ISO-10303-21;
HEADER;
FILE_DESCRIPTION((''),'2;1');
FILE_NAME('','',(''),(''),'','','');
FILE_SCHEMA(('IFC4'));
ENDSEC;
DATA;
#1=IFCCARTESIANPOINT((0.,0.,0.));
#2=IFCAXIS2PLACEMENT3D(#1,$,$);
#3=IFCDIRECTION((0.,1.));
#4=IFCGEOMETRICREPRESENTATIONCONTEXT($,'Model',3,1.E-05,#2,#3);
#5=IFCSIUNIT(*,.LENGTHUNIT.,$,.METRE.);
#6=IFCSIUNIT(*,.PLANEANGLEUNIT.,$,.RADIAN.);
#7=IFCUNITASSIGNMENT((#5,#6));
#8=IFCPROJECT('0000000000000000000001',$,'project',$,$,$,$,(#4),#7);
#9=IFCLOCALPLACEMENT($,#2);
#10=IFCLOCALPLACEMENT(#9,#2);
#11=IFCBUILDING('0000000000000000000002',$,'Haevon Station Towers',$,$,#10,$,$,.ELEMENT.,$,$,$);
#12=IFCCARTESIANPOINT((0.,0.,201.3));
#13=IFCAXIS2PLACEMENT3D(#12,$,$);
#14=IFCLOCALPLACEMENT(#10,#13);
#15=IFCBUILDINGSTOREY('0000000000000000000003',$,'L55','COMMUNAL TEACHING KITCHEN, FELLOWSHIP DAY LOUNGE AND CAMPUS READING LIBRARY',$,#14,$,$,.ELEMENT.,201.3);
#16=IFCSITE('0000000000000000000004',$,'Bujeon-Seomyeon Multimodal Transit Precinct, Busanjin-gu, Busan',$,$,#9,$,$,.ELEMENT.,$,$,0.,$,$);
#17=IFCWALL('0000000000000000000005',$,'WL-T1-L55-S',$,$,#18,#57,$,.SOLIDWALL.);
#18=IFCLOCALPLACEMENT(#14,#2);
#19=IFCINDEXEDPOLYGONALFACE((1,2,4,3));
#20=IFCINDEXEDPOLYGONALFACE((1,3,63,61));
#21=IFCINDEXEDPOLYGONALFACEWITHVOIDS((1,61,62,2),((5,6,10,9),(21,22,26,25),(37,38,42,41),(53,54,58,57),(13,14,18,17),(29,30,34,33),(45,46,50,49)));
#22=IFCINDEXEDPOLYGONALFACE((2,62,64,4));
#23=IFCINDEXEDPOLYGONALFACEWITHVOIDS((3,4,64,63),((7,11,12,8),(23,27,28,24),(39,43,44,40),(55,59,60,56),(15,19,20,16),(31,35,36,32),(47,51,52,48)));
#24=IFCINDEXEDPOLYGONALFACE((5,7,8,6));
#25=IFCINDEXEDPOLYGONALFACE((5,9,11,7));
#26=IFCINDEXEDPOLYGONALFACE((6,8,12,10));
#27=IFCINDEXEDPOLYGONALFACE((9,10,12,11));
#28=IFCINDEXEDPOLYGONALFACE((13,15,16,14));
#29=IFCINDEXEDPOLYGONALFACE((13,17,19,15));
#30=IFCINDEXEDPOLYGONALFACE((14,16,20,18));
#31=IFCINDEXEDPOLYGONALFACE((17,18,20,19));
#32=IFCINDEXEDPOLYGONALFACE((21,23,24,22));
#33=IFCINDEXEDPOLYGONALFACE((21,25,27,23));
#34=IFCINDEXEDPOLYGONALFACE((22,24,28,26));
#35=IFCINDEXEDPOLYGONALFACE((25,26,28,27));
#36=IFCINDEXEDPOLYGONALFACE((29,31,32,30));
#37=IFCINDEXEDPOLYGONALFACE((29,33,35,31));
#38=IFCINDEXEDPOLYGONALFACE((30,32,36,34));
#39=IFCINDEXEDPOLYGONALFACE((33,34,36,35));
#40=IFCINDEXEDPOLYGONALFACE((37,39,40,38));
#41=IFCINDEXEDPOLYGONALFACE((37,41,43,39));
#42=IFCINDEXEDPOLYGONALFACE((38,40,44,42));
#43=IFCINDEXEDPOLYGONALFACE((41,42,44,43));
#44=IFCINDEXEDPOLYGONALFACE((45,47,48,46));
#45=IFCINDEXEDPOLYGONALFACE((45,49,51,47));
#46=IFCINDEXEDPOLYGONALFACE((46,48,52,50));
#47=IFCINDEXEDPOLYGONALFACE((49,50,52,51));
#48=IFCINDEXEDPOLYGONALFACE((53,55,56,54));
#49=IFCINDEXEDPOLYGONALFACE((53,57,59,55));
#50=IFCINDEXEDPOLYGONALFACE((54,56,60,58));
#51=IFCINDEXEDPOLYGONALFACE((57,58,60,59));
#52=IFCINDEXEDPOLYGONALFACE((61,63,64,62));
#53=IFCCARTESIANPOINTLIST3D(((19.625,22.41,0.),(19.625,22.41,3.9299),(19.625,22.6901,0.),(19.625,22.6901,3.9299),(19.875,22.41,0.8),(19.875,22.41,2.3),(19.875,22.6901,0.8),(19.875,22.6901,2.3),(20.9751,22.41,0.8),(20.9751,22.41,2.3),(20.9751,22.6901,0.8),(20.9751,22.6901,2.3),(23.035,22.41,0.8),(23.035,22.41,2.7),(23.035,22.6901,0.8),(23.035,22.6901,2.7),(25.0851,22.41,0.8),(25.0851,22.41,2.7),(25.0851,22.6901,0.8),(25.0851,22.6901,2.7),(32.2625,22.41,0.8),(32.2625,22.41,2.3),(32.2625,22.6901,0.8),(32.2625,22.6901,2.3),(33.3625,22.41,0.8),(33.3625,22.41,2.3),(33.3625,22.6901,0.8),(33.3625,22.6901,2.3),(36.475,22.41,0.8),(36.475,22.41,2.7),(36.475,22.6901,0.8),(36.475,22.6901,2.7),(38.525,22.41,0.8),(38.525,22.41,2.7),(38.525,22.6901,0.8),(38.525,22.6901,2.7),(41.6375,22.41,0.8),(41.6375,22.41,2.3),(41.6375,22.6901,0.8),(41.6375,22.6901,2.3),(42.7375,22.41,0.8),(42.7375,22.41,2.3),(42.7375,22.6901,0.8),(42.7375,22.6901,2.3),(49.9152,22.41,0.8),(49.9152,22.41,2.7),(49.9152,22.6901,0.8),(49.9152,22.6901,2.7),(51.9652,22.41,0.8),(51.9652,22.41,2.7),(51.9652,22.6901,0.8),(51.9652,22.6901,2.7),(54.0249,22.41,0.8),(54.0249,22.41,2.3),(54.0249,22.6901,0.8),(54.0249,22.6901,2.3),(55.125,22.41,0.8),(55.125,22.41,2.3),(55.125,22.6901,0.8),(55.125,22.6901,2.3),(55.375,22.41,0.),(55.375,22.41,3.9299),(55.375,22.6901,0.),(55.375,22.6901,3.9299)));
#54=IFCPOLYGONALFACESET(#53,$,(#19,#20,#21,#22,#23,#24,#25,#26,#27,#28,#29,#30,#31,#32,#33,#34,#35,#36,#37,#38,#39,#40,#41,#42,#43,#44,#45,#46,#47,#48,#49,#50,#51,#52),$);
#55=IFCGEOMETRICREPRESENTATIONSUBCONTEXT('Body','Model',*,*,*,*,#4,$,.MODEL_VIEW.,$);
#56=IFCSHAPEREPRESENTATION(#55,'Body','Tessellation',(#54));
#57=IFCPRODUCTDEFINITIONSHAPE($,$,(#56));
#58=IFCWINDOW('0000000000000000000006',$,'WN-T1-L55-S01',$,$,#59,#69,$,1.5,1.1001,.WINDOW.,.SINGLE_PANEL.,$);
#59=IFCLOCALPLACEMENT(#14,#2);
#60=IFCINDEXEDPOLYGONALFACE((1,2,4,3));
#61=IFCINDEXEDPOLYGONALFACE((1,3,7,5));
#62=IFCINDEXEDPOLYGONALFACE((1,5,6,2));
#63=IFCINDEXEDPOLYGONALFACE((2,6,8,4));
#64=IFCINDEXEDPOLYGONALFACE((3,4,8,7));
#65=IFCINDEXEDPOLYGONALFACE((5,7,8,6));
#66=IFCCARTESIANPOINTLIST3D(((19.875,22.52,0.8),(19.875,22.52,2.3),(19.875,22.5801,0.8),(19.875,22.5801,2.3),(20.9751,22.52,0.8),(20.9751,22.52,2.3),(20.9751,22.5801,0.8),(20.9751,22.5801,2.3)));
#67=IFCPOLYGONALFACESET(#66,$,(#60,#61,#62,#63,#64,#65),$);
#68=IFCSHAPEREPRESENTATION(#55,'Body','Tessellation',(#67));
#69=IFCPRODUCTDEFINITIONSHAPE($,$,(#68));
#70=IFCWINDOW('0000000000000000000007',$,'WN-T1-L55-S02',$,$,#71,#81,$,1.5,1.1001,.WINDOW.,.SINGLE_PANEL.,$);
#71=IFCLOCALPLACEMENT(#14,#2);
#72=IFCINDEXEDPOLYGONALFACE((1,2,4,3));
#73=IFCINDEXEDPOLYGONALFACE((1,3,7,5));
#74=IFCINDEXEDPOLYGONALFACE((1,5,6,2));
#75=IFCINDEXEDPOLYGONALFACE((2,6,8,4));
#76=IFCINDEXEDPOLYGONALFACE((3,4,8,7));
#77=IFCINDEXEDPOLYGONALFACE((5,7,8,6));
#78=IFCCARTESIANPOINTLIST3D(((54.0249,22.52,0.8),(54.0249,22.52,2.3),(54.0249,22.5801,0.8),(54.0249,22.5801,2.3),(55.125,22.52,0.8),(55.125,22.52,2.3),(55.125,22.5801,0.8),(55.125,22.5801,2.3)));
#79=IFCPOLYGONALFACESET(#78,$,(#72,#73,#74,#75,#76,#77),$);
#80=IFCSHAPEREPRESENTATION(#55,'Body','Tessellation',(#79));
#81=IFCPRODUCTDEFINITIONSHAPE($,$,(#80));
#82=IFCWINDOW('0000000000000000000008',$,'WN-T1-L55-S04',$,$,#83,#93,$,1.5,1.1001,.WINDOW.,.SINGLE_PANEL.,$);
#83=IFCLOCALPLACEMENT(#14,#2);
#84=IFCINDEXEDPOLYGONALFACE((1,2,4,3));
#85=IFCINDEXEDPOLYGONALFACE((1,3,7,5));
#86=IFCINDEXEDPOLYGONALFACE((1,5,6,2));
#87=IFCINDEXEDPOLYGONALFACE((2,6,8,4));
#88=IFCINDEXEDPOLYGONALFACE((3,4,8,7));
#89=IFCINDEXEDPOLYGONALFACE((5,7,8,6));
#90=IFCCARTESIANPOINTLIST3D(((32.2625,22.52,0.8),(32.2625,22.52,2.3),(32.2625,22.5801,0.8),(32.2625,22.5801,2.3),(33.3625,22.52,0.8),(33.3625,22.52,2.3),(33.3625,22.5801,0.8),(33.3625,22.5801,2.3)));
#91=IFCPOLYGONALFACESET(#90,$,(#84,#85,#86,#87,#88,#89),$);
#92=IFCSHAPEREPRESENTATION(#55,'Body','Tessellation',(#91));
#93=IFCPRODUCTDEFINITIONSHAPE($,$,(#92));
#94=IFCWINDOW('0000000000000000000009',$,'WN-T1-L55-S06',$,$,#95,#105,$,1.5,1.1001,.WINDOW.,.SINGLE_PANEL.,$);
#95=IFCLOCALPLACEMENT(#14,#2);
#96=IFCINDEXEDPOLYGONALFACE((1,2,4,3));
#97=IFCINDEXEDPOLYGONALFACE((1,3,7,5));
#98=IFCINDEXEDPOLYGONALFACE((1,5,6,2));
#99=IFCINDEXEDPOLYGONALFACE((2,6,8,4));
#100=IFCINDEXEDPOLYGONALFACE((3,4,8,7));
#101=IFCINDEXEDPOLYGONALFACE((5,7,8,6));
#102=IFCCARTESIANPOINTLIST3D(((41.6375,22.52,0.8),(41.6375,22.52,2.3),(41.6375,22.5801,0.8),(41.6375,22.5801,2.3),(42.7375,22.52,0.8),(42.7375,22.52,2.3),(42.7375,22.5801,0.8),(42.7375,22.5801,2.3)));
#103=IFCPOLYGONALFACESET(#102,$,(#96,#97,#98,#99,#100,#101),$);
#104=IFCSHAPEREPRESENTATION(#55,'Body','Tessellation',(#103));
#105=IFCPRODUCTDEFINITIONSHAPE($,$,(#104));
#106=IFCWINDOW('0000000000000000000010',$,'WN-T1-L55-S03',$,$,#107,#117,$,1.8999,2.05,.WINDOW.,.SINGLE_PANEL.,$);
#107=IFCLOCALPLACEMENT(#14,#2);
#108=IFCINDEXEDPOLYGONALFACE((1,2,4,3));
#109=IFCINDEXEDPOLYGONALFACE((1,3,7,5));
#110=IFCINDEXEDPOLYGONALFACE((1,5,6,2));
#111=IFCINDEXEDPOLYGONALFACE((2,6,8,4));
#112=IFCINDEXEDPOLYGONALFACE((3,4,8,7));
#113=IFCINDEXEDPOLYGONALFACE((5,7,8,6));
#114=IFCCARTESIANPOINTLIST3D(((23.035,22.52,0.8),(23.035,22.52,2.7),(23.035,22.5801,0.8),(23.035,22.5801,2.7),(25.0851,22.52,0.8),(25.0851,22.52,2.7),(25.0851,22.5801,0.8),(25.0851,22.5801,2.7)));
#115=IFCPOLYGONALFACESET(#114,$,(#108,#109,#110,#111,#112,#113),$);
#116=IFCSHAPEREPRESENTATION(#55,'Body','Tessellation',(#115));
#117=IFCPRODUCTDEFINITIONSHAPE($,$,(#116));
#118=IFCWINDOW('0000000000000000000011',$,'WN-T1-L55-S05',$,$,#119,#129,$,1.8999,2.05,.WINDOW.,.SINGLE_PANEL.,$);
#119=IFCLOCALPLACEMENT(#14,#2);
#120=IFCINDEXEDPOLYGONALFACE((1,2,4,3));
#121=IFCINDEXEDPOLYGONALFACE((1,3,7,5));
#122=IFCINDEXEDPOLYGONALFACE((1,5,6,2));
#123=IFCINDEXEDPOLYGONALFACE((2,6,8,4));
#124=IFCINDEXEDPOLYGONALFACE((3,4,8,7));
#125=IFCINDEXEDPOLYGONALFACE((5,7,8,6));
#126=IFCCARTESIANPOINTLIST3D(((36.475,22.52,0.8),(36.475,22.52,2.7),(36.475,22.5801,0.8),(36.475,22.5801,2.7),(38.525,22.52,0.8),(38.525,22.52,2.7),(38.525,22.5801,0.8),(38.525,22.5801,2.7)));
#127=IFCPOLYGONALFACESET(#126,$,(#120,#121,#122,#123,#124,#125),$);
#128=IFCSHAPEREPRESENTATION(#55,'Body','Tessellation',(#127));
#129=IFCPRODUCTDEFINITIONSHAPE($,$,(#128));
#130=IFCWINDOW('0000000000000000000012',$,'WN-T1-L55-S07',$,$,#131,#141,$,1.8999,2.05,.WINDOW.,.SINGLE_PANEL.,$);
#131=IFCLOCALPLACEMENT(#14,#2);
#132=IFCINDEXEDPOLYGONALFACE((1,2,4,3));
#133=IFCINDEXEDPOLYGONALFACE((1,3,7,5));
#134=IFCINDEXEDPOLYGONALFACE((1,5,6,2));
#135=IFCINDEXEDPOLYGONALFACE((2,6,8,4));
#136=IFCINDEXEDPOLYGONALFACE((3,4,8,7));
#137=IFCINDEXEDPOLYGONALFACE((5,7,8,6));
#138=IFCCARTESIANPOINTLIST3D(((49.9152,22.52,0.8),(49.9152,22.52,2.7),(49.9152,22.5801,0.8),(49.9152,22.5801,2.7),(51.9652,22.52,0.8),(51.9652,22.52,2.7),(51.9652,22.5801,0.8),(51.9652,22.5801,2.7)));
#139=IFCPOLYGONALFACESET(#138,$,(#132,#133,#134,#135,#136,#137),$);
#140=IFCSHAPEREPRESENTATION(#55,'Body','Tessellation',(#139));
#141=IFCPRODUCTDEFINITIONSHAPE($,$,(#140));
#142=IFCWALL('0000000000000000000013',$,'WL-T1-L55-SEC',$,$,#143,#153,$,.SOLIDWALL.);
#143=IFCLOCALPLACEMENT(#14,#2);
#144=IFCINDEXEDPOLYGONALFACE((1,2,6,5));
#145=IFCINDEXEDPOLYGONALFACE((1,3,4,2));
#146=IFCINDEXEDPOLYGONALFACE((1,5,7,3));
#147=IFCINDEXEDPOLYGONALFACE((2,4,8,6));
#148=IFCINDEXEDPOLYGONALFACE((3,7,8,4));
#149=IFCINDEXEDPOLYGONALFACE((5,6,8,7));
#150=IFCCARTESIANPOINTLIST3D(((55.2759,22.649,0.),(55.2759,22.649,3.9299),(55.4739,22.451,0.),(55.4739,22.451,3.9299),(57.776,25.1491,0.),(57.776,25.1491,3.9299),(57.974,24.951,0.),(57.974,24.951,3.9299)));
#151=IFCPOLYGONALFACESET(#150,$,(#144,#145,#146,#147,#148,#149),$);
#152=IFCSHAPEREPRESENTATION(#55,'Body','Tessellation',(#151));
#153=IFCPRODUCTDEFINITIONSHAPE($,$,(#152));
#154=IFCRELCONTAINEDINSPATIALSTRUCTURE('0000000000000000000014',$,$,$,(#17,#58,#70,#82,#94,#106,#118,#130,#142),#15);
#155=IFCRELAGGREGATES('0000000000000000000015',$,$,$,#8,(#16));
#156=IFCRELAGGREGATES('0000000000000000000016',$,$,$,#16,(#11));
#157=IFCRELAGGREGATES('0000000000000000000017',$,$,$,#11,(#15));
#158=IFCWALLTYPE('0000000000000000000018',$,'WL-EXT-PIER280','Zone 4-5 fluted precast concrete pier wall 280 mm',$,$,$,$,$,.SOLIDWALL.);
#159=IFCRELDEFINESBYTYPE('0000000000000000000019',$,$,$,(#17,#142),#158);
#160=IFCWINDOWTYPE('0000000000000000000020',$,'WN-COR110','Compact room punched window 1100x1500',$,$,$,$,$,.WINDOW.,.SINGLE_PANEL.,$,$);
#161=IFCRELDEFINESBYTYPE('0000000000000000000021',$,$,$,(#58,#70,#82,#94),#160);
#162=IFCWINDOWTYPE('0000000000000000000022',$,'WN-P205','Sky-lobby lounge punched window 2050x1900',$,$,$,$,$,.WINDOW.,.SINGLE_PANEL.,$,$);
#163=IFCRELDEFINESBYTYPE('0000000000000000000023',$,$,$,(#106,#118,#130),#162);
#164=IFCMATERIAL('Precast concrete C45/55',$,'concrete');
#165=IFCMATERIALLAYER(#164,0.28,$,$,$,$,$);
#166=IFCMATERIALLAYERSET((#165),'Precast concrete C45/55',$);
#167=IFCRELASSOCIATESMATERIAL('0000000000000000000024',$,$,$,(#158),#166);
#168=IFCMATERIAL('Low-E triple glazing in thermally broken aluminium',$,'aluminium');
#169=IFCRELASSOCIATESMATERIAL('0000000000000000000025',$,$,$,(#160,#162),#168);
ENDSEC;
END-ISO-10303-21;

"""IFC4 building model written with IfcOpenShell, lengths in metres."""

from ifc_helpers import new_model, si_unit, direction, frame, frame_2d, origin, place, context, subcontext, project, spatial, rectangle, extrude, material, layer, layer_set, type_object, element, fill, save


model = new_model("IFC4")

# Units and contexts
model_context = context("Model", 3, precision=1e-05, world=origin(), true_north=direction((0.0, 1.0)))
body_context = subcontext(model_context, "Body", "Model", "MODEL_VIEW")
ifc_project = project(units=[si_unit("LENGTHUNIT", "METRE"), si_unit("PLANEANGLEUNIT", "RADIAN")], contexts=[model_context])

# Site, building, storey
site_placement = place(None, origin())
site = spatial("IfcSite", under=ifc_project, at=site_placement, Name="Bujeon-Seomyeon Multimodal Transit Precinct, Busanjin-gu, Busan", CompositionType="ELEMENT", RefElevation=0.0)
building_placement = place(site_placement, origin())
building = spatial("IfcBuilding", under=site, at=building_placement, Name="Haevon Station Towers", CompositionType="ELEMENT")
storey_placement = place(building_placement, frame((0.0, 0.0, 201.3)))
storey = spatial("IfcBuildingStorey", under=building, at=storey_placement, Name="L55", Description="COMMUNAL TEACHING KITCHEN, FELLOWSHIP DAY LOUNGE AND CAMPUS READING LIBRARY", CompositionType="ELEMENT", Elevation=201.3)

# Wall, openings, windows
ifc_material_1 = material(Name="Precast concrete C45/55", Category="concrete")
ifc_layer_1 = layer(ifc_material_1, 0.28)
ifc_layer_set_1 = layer_set([ifc_layer_1], Name="Precast concrete C45/55")
wall_type_1 = type_object("IfcWallType", Name="WL-EXT-PIER280", Description="Zone 4-5 fluted precast concrete pier wall 280 mm", PredefinedType="SOLIDWALL", material=ifc_layer_set_1)
wall_1_placement = place(storey_placement, frame((55.375, 22.55, 0.0), z_axis=(0.0, 0.0, 1.0), x_axis=(-1.0, 0.0, 0.0)))
wall_1 = element("IfcWall", 1, at=wall_1_placement, inside=storey, type_object=wall_type_1, Name="WL-T1-L55-S", PredefinedType="SOLIDWALL", context=body_context, shape_type="SweptSolid", body=[
    extrude(rectangle(XDim=35.75, YDim=0.28, at=frame_2d((17.875, 0.0))), origin(), (0.0, 0.0, 1.0), 3.9299),
])
opening_1_placement = place(wall_1_placement, frame((34.3999, 0.0, 0.8)))
opening_1 = element("IfcOpeningElement", 2, at=opening_1_placement, cuts=wall_1, PredefinedType="OPENING", context=body_context, shape_type="SweptSolid", body=[
    extrude(rectangle(XDim=1.1001, YDim=1.5, at=frame_2d((0.55, 0.75))), frame((0.0, 0.1499, 0.0), z_axis=(0.0, -1.0, 0.0), x_axis=(1.0, 0.0, 0.0)), (0.0, 0.0, 1.0), 0.3),
])
opening_2_placement = place(wall_1_placement, frame((0.25, 0.0, 0.8)))
opening_2 = element("IfcOpeningElement", 3, at=opening_2_placement, cuts=wall_1, PredefinedType="OPENING", context=body_context, shape_type="SweptSolid", body=[
    extrude(rectangle(XDim=1.1001, YDim=1.5, at=frame_2d((0.55, 0.75))), frame((0.0, 0.1499, 0.0), z_axis=(0.0, -1.0, 0.0), x_axis=(1.0, 0.0, 0.0)), (0.0, 0.0, 1.0), 0.3),
])
opening_3_placement = place(wall_1_placement, frame((30.29, 0.0, 0.8)))
opening_3 = element("IfcOpeningElement", 4, at=opening_3_placement, cuts=wall_1, PredefinedType="OPENING", context=body_context, shape_type="SweptSolid", body=[
    extrude(rectangle(XDim=2.05, YDim=1.8999, at=frame_2d((1.0249, 0.95))), frame((0.0, 0.1499, 0.0), z_axis=(0.0, -1.0, 0.0), x_axis=(1.0, 0.0, 0.0)), (0.0, 0.0, 1.0), 0.3),
])
opening_4_placement = place(wall_1_placement, frame((22.0125, 0.0, 0.8)))
opening_4 = element("IfcOpeningElement", 5, at=opening_4_placement, cuts=wall_1, PredefinedType="OPENING", context=body_context, shape_type="SweptSolid", body=[
    extrude(rectangle(XDim=1.1001, YDim=1.5, at=frame_2d((0.55, 0.75))), frame((0.0, 0.1499, 0.0), z_axis=(0.0, -1.0, 0.0), x_axis=(1.0, 0.0, 0.0)), (0.0, 0.0, 1.0), 0.3),
])
opening_5_placement = place(wall_1_placement, frame((16.8501, 0.0, 0.8)))
opening_5 = element("IfcOpeningElement", 6, at=opening_5_placement, cuts=wall_1, PredefinedType="OPENING", context=body_context, shape_type="SweptSolid", body=[
    extrude(rectangle(XDim=2.05, YDim=1.8999, at=frame_2d((1.0249, 0.95))), frame((0.0, 0.1499, 0.0), z_axis=(0.0, -1.0, 0.0), x_axis=(1.0, 0.0, 0.0)), (0.0, 0.0, 1.0), 0.3),
])
opening_6_placement = place(wall_1_placement, frame((12.6375, 0.0, 0.8)))
opening_6 = element("IfcOpeningElement", 7, at=opening_6_placement, cuts=wall_1, PredefinedType="OPENING", context=body_context, shape_type="SweptSolid", body=[
    extrude(rectangle(XDim=1.1001, YDim=1.5, at=frame_2d((0.55, 0.75))), frame((0.0, 0.1499, 0.0), z_axis=(0.0, -1.0, 0.0), x_axis=(1.0, 0.0, 0.0)), (0.0, 0.0, 1.0), 0.3),
])
opening_7_placement = place(wall_1_placement, frame((3.4099, 0.0, 0.8)))
opening_7 = element("IfcOpeningElement", 8, at=opening_7_placement, cuts=wall_1, PredefinedType="OPENING", context=body_context, shape_type="SweptSolid", body=[
    extrude(rectangle(XDim=2.05, YDim=1.8999, at=frame_2d((1.0249, 0.95))), frame((0.0, 0.1499, 0.0), z_axis=(0.0, -1.0, 0.0), x_axis=(1.0, 0.0, 0.0)), (0.0, 0.0, 1.0), 0.3),
])
ifc_material_2 = material(Name="Low-E triple glazing in thermally broken aluminium", Category="aluminium")
window_type_1 = type_object("IfcWindowType", Name="WN-COR110", Description="Compact room punched window 1100x1500", PartitioningType="SINGLE_PANEL", PredefinedType="WINDOW", material=ifc_material_2)
window_1_placement = place(opening_1_placement, origin())
window_1 = element("IfcWindow", 9, at=window_1_placement, inside=storey, type_object=window_type_1, Name="WN-T1-L55-S01", OverallHeight=1.5, OverallWidth=1.1001, PartitioningType="SINGLE_PANEL", PredefinedType="WINDOW", context=body_context, shape_type="SweptSolid", body=[
    extrude(rectangle(XDim=1.1001, YDim=1.5, at=frame_2d((0.55, 0.75))), frame((0.0, 0.03, 0.0), z_axis=(0.0, -1.0, 0.0), x_axis=(1.0, 0.0, 0.0)), (0.0, 0.0, 1.0), 0.0601),
])
fill(opening_1, window_1)
window_2_placement = place(opening_2_placement, origin())
window_2 = element("IfcWindow", 10, at=window_2_placement, inside=storey, type_object=window_type_1, Name="WN-T1-L55-S02", OverallHeight=1.5, OverallWidth=1.1001, PartitioningType="SINGLE_PANEL", PredefinedType="WINDOW", context=body_context, shape_type="SweptSolid", body=[
    extrude(rectangle(XDim=1.1001, YDim=1.5, at=frame_2d((0.55, 0.75))), frame((0.0, 0.03, 0.0), z_axis=(0.0, -1.0, 0.0), x_axis=(1.0, 0.0, 0.0)), (0.0, 0.0, 1.0), 0.0601),
])
fill(opening_2, window_2)
window_3_placement = place(opening_4_placement, origin())
window_3 = element("IfcWindow", 11, at=window_3_placement, inside=storey, type_object=window_type_1, Name="WN-T1-L55-S04", OverallHeight=1.5, OverallWidth=1.1001, PartitioningType="SINGLE_PANEL", PredefinedType="WINDOW", context=body_context, shape_type="SweptSolid", body=[
    extrude(rectangle(XDim=1.1001, YDim=1.5, at=frame_2d((0.55, 0.75))), frame((0.0, 0.03, 0.0), z_axis=(0.0, -1.0, 0.0), x_axis=(1.0, 0.0, 0.0)), (0.0, 0.0, 1.0), 0.0601),
])
fill(opening_4, window_3)
window_4_placement = place(opening_6_placement, origin())
window_4 = element("IfcWindow", 12, at=window_4_placement, inside=storey, type_object=window_type_1, Name="WN-T1-L55-S06", OverallHeight=1.5, OverallWidth=1.1001, PartitioningType="SINGLE_PANEL", PredefinedType="WINDOW", context=body_context, shape_type="SweptSolid", body=[
    extrude(rectangle(XDim=1.1001, YDim=1.5, at=frame_2d((0.55, 0.75))), frame((0.0, 0.03, 0.0), z_axis=(0.0, -1.0, 0.0), x_axis=(1.0, 0.0, 0.0)), (0.0, 0.0, 1.0), 0.0601),
])
fill(opening_6, window_4)
window_type_2 = type_object("IfcWindowType", Name="WN-P205", Description="Sky-lobby lounge punched window 2050x1900", PartitioningType="SINGLE_PANEL", PredefinedType="WINDOW", material=ifc_material_2)
window_5_placement = place(opening_3_placement, origin())
window_5 = element("IfcWindow", 13, at=window_5_placement, inside=storey, type_object=window_type_2, Name="WN-T1-L55-S03", OverallHeight=1.8999, OverallWidth=2.05, PartitioningType="SINGLE_PANEL", PredefinedType="WINDOW", context=body_context, shape_type="SweptSolid", body=[
    extrude(rectangle(XDim=2.05, YDim=1.8999, at=frame_2d((1.0249, 0.95))), frame((0.0, 0.03, 0.0), z_axis=(0.0, -1.0, 0.0), x_axis=(1.0, 0.0, 0.0)), (0.0, 0.0, 1.0), 0.0601),
])
fill(opening_3, window_5)
window_6_placement = place(opening_5_placement, origin())
window_6 = element("IfcWindow", 14, at=window_6_placement, inside=storey, type_object=window_type_2, Name="WN-T1-L55-S05", OverallHeight=1.8999, OverallWidth=2.05, PartitioningType="SINGLE_PANEL", PredefinedType="WINDOW", context=body_context, shape_type="SweptSolid", body=[
    extrude(rectangle(XDim=2.05, YDim=1.8999, at=frame_2d((1.0249, 0.95))), frame((0.0, 0.03, 0.0), z_axis=(0.0, -1.0, 0.0), x_axis=(1.0, 0.0, 0.0)), (0.0, 0.0, 1.0), 0.0601),
])
fill(opening_5, window_6)
window_7_placement = place(opening_7_placement, origin())
window_7 = element("IfcWindow", 15, at=window_7_placement, inside=storey, type_object=window_type_2, Name="WN-T1-L55-S07", OverallHeight=1.8999, OverallWidth=2.05, PartitioningType="SINGLE_PANEL", PredefinedType="WINDOW", context=body_context, shape_type="SweptSolid", body=[
    extrude(rectangle(XDim=2.05, YDim=1.8999, at=frame_2d((1.0249, 0.95))), frame((0.0, 0.03, 0.0), z_axis=(0.0, -1.0, 0.0), x_axis=(1.0, 0.0, 0.0)), (0.0, 0.0, 1.0), 0.0601),
])
fill(opening_7, window_7)

# Wall
wall_2_placement = place(storey_placement, frame((57.875, 25.05, 0.0), z_axis=(0.0, 0.0, 1.0), x_axis=(-0.707107, -0.707107, 0.0)))
element("IfcWall", 16, at=wall_2_placement, inside=storey, type_object=wall_type_1, Name="WL-T1-L55-SEC", PredefinedType="SOLIDWALL", context=body_context, shape_type="SweptSolid", body=[
    extrude(rectangle(XDim=3.5356, YDim=0.28, at=frame_2d((1.7678, 0.0))), origin(), (0.0, 0.0, 1.0), 3.9299),
])

save(model, "model.ifc")
